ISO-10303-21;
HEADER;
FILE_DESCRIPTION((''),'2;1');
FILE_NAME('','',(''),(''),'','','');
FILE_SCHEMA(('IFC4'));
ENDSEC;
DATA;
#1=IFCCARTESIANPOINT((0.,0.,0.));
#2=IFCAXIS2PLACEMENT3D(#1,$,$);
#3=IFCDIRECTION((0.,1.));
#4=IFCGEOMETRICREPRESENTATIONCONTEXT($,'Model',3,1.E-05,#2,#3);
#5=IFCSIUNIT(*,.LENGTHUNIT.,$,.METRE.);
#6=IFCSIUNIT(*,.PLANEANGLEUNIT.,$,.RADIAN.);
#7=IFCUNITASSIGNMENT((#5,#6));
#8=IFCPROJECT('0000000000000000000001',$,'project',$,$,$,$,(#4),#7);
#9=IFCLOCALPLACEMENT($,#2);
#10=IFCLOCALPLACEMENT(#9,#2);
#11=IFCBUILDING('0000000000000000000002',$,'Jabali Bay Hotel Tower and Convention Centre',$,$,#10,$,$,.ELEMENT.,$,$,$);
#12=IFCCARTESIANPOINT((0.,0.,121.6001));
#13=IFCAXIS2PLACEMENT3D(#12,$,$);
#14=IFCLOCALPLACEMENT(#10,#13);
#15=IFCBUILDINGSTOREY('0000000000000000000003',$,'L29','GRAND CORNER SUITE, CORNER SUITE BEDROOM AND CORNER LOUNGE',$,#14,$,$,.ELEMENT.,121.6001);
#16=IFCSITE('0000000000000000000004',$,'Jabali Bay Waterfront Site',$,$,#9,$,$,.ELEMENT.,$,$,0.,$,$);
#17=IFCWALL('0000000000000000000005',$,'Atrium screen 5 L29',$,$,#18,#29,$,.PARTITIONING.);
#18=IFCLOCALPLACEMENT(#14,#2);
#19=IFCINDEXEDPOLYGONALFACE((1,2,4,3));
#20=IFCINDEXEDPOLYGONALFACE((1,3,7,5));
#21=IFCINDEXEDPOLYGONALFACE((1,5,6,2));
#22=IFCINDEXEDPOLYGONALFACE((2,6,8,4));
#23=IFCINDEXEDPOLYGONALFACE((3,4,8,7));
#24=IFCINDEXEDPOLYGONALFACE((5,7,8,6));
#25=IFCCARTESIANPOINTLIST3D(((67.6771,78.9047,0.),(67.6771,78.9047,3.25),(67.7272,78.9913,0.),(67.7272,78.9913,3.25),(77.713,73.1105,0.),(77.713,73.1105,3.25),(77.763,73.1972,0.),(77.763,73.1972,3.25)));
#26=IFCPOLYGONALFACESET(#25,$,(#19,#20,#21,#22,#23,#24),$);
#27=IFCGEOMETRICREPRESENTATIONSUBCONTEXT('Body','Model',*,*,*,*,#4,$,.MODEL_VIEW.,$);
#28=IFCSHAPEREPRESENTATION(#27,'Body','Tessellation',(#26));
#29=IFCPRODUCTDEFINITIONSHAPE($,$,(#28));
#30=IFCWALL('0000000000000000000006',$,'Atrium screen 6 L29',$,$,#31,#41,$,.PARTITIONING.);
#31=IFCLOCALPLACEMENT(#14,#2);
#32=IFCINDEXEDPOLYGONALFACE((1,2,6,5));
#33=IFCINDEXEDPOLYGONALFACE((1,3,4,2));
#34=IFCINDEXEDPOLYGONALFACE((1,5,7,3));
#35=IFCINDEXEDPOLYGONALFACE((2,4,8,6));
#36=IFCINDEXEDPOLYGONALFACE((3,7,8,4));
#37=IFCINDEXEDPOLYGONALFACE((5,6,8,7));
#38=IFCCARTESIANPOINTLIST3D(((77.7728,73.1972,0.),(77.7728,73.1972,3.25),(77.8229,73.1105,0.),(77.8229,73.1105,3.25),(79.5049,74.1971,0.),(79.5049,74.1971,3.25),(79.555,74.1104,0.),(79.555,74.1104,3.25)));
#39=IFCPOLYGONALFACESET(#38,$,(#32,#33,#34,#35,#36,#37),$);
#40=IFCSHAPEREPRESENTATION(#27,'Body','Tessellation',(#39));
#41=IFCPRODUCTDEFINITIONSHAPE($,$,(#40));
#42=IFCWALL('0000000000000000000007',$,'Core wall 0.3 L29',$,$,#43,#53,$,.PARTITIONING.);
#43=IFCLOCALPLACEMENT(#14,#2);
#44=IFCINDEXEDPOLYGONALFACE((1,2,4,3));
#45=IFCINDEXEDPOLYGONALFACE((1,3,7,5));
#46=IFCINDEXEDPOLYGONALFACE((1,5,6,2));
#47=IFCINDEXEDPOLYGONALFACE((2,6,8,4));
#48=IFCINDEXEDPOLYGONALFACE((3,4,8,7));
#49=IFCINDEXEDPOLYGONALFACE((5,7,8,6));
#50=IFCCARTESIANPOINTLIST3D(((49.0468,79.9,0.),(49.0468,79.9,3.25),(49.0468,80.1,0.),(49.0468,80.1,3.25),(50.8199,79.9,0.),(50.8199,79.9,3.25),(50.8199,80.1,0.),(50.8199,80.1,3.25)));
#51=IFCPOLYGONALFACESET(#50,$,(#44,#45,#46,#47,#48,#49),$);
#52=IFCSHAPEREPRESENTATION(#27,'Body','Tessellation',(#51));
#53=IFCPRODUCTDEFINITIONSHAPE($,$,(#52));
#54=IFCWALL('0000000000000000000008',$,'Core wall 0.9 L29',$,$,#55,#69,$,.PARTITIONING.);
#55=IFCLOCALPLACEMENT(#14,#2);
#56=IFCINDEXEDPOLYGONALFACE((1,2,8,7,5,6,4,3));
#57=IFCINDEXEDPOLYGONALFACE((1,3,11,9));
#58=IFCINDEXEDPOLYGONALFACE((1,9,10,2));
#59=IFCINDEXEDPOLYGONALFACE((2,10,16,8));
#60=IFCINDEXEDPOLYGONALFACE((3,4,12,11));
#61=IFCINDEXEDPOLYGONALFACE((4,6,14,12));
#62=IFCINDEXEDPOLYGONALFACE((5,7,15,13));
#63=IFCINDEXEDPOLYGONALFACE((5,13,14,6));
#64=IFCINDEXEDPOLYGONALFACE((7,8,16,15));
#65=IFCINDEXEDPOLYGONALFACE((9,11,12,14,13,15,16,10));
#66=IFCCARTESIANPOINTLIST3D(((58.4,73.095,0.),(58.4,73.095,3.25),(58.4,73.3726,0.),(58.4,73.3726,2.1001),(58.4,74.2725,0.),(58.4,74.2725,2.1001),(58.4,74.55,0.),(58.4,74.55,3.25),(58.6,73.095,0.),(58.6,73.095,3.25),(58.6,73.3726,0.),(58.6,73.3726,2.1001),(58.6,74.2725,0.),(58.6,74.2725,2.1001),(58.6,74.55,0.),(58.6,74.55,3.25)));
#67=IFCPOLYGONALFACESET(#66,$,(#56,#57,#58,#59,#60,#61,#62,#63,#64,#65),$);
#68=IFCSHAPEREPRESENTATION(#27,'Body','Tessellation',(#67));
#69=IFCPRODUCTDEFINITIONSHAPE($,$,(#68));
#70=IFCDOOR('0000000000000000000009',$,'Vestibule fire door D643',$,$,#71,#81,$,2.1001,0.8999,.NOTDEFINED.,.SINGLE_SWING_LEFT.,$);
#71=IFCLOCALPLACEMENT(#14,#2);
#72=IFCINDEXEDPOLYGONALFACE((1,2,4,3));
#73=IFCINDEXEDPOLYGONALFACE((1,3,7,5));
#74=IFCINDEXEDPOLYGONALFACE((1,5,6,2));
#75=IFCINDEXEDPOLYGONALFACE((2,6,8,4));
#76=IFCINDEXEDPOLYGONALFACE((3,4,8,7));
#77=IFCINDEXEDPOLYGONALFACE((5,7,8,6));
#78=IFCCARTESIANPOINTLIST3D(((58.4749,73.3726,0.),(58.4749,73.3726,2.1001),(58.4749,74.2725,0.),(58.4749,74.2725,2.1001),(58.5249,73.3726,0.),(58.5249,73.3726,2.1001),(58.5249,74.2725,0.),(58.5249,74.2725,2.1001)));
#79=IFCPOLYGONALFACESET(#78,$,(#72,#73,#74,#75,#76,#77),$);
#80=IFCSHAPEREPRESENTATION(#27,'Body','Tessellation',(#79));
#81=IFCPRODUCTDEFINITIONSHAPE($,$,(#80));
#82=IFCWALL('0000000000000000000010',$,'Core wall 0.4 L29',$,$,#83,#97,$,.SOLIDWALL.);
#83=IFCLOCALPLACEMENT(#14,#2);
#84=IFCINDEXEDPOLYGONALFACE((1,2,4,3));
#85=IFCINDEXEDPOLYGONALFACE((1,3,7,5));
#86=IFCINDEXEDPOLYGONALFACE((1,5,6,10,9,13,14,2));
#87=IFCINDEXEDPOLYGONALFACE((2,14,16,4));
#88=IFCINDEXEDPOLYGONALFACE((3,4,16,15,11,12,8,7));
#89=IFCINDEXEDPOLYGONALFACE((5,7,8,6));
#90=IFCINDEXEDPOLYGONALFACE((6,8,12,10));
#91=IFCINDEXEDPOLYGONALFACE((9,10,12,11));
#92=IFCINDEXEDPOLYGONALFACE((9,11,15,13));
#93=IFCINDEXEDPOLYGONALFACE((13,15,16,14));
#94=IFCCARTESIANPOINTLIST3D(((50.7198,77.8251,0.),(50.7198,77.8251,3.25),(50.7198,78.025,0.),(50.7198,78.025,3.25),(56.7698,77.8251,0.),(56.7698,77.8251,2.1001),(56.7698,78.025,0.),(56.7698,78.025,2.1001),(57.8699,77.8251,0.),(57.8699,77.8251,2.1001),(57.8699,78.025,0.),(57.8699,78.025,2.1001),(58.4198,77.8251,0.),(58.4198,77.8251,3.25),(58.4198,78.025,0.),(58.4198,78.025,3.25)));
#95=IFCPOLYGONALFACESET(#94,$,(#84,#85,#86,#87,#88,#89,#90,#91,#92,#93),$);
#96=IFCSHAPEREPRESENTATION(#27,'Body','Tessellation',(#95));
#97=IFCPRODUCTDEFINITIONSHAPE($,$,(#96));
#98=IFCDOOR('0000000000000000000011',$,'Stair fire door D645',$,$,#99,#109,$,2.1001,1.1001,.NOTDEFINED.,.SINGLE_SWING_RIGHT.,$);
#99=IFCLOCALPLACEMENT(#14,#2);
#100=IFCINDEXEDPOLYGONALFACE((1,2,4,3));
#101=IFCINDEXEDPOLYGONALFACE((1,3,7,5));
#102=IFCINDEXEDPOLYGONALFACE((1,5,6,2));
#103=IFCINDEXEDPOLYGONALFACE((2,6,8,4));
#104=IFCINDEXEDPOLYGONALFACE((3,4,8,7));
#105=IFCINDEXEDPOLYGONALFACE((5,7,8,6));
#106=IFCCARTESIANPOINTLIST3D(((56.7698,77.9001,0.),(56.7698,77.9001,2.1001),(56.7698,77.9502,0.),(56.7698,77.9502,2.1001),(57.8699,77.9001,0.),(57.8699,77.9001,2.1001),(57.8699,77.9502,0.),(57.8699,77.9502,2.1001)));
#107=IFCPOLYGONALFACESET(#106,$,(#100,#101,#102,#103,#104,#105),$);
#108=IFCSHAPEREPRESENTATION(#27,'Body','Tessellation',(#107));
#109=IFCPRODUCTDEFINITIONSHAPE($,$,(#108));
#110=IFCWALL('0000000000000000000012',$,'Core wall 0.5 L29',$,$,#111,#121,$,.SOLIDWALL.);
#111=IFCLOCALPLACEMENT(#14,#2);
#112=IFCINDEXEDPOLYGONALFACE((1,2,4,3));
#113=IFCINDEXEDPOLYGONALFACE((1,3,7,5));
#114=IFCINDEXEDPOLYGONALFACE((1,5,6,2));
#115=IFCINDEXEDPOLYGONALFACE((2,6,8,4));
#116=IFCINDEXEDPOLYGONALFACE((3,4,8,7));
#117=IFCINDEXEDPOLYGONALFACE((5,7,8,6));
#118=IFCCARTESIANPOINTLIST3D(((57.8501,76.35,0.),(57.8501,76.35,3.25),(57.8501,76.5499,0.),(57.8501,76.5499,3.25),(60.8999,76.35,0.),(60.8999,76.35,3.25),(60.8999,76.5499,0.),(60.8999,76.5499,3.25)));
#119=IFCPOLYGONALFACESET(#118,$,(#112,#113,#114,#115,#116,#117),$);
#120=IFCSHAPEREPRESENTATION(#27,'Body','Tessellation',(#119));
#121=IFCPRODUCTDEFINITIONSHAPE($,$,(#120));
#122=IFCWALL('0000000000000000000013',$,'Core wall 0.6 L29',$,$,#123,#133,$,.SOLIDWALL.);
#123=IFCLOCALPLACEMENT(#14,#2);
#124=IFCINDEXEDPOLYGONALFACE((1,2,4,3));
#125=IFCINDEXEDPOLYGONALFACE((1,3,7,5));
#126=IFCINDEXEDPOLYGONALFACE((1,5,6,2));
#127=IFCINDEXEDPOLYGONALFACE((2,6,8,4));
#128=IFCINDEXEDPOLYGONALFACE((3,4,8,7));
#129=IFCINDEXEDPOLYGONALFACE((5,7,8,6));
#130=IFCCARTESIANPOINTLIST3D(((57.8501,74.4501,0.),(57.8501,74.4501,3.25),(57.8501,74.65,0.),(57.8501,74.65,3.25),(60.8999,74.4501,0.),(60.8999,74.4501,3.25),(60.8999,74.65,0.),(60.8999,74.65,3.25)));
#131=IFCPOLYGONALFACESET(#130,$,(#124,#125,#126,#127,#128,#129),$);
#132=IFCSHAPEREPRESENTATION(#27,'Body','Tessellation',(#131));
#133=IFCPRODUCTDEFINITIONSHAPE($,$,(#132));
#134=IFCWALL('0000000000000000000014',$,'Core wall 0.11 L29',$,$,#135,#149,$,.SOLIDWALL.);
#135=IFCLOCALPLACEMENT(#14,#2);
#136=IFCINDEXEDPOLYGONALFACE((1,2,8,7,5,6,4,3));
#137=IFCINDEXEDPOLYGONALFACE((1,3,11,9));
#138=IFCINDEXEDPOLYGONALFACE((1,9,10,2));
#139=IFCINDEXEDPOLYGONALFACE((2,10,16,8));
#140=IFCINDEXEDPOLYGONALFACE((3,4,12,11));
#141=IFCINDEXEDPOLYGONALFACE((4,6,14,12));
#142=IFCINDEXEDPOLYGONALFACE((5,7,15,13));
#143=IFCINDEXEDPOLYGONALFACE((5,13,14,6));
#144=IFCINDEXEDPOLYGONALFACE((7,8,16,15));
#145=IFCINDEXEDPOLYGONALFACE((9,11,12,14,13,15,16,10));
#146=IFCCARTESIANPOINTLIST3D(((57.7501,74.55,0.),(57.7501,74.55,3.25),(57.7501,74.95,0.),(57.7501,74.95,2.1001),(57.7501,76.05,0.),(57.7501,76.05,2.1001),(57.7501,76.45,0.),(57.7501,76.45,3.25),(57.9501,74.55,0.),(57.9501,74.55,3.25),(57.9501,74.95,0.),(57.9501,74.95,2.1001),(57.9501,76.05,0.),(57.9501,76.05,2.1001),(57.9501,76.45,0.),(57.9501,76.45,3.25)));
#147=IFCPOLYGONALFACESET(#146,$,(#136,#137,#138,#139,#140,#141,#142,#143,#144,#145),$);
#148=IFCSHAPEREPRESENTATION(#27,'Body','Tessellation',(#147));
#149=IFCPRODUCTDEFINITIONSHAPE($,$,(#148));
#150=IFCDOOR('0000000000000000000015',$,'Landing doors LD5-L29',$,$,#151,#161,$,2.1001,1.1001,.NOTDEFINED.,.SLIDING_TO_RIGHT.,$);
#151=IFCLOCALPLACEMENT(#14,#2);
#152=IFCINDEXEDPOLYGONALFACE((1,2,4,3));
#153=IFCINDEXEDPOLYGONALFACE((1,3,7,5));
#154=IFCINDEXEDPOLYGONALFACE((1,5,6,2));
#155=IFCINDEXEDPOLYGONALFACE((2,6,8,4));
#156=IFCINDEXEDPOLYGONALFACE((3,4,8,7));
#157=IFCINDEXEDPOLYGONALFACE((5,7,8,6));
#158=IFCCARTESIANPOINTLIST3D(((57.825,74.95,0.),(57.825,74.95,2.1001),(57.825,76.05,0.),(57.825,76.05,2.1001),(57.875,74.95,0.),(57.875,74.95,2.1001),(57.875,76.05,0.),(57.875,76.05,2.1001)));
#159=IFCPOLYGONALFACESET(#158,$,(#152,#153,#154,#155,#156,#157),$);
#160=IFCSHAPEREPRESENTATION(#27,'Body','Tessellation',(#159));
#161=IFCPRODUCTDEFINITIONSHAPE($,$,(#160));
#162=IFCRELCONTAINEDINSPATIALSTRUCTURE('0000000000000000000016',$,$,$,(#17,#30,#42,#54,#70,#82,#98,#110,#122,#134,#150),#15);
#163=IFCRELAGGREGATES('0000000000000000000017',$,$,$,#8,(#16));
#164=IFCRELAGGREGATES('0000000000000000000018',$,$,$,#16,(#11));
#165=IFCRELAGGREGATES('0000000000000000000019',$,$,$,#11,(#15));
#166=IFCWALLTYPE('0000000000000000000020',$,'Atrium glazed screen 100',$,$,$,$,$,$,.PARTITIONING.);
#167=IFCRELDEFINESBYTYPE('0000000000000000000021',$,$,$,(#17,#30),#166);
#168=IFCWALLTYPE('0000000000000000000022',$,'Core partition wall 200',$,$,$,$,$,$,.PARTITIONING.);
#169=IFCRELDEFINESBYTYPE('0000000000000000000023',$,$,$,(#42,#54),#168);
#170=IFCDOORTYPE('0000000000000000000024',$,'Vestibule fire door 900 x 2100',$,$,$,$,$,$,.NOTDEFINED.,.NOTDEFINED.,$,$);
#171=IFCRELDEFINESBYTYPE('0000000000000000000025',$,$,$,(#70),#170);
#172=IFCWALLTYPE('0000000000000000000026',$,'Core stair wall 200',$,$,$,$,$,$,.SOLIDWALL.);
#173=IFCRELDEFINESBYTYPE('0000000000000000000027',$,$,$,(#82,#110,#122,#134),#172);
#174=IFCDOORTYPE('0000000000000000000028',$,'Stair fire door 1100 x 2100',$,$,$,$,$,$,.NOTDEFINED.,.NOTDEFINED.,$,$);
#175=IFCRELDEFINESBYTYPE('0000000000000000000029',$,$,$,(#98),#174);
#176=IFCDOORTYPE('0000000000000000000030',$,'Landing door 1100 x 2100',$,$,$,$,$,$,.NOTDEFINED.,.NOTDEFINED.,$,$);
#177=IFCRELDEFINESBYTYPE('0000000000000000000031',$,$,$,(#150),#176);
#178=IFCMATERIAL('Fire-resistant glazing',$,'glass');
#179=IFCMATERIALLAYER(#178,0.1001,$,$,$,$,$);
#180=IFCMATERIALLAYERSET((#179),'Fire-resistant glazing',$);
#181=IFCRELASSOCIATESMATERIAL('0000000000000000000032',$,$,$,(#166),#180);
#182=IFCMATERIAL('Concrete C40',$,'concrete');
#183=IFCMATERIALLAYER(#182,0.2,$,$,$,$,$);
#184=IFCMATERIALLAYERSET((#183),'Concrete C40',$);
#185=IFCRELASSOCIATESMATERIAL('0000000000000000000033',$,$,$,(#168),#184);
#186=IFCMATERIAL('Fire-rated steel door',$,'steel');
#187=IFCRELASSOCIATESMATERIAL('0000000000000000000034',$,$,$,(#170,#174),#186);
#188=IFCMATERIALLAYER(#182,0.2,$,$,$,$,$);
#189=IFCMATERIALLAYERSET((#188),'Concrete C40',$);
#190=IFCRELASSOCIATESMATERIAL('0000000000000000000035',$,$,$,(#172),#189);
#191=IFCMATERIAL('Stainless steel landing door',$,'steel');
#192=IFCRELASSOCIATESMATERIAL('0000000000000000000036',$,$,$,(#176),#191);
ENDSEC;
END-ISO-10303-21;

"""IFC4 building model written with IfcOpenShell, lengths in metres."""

from ifc_helpers import new_model, si_unit, direction, frame, frame_2d, origin, place, context, subcontext, project, spatial, rectangle, extrude, material, layer, layer_set, type_object, element, fill, save


model = new_model("IFC4")

# Units and contexts
model_context = context("Model", 3, precision=1e-05, world=origin(), true_north=direction((0.0, 1.0)))
body_context = subcontext(model_context, "Body", "Model", "MODEL_VIEW")
ifc_project = project(units=[si_unit("LENGTHUNIT", "METRE"), si_unit("PLANEANGLEUNIT", "RADIAN")], contexts=[model_context])

# Site, building, storey
site_placement = place(None, origin())
site = spatial("IfcSite", under=ifc_project, at=site_placement, Name="Jabali Bay Waterfront Site", CompositionType="ELEMENT", RefElevation=0.0)
building_placement = place(site_placement, origin())
building = spatial("IfcBuilding", under=site, at=building_placement, Name="Jabali Bay Hotel Tower and Convention Centre", CompositionType="ELEMENT")
storey_placement = place(building_placement, frame((0.0, 0.0, 121.6001)))
storey = spatial("IfcBuildingStorey", under=building, at=storey_placement, Name="L29", Description="GRAND CORNER SUITE, CORNER SUITE BEDROOM AND CORNER LOUNGE", CompositionType="ELEMENT", Elevation=121.6001)

# Walls
ifc_material_1 = material(Name="Fire-resistant glazing", Category="glass")
ifc_layer_1 = layer(ifc_material_1, 0.1001)
ifc_layer_set_1 = layer_set([ifc_layer_1], Name="Fire-resistant glazing")
wall_type_1 = type_object("IfcWallType", Name="Atrium glazed screen 100", PredefinedType="PARTITIONING", material=ifc_layer_set_1)
wall_1_placement = place(storey_placement, frame((67.7021, 78.948, 0.0), z_axis=(0.0, 0.0, 1.0), x_axis=(0.866027, -0.499998, 0.0)))
element("IfcWall", 1, at=wall_1_placement, inside=storey, type_object=wall_type_1, Name="Atrium screen 5 L29", PredefinedType="PARTITIONING", context=body_context, shape_type="SweptSolid", body=[
    extrude(rectangle(XDim=11.5884, YDim=0.1001, at=frame_2d((5.7942, 0.0))), origin(), (0.0, 0.0, 1.0), 3.25),
])
wall_2_placement = place(storey_placement, frame((77.7979, 73.1538, 0.0), z_axis=(0.0, 0.0, 1.0), x_axis=(0.866041, 0.499973, 0.0)))
element("IfcWall", 2, at=wall_2_placement, inside=storey, type_object=wall_type_1, Name="Atrium screen 6 L29", PredefinedType="PARTITIONING", context=body_context, shape_type="SweptSolid", body=[
    extrude(rectangle(XDim=2.0, YDim=0.1001, at=frame_2d((1.0, 0.0))), origin(), (0.0, 0.0, 1.0), 3.25),
])
ifc_material_2 = material(Name="Concrete C40", Category="concrete")
ifc_layer_2 = layer(ifc_material_2, 0.2)
ifc_layer_set_2 = layer_set([ifc_layer_2], Name="Concrete C40")
wall_type_2 = type_object("IfcWallType", Name="Core partition wall 200", PredefinedType="PARTITIONING", material=ifc_layer_set_2)
wall_3_placement = place(storey_placement, frame((50.8201, 80.0, 0.0), z_axis=(0.0, 0.0, 1.0), x_axis=(-1.0, 0.0, 0.0)))
element("IfcWall", 3, at=wall_3_placement, inside=storey, type_object=wall_type_2, Name="Core wall 0.3 L29", PredefinedType="PARTITIONING", context=body_context, shape_type="SweptSolid", body=[
    extrude(rectangle(XDim=1.7732, YDim=0.2, at=frame_2d((0.8867, 0.0))), origin(), (0.0, 0.0, 1.0), 3.25),
])

# Walls, openings, doors
wall_4_placement = place(storey_placement, frame((58.5, 74.55, 0.0), z_axis=(0.0, 0.0, 1.0), x_axis=(0.0, -1.0, 0.0)))
wall_4 = element("IfcWall", 4, at=wall_4_placement, inside=storey, type_object=wall_type_2, Name="Core wall 0.9 L29", PredefinedType="PARTITIONING", context=body_context, shape_type="SweptSolid", body=[
    extrude(rectangle(XDim=1.4551, YDim=0.2, at=frame_2d((0.7275, 0.0))), origin(), (0.0, 0.0, 1.0), 3.25),
])
opening_1_placement = place(wall_4_placement, frame((0.2776, 0.0, 0.0)))
opening_1 = element("IfcOpeningElement", 5, at=opening_1_placement, cuts=wall_4, PredefinedType="OPENING", context=body_context, shape_type="SweptSolid", body=[
    extrude(rectangle(XDim=0.8999, YDim=2.1001, at=frame_2d((0.45, 1.05))), frame((0.0, 0.1104, 0.0), z_axis=(0.0, -1.0, 0.0), x_axis=(1.0, 0.0, 0.0)), (0.0, 0.0, 1.0), 0.2209),
])
ifc_material_3 = material(Name="Fire-rated steel door", Category="steel")
door_type_1 = type_object("IfcDoorType", Name="Vestibule fire door 900 x 2100", OperationType="NOTDEFINED", PredefinedType="NOTDEFINED", material=ifc_material_3)
door_1_placement = place(opening_1_placement, origin())
door_1 = element("IfcDoor", 6, at=door_1_placement, inside=storey, type_object=door_type_1, Name="Vestibule fire door D643", OperationType="SINGLE_SWING_LEFT", OverallHeight=2.1001, OverallWidth=0.8999, PredefinedType="NOTDEFINED", context=body_context, shape_type="SweptSolid", body=[
    extrude(rectangle(XDim=0.8999, YDim=2.1001, at=frame_2d((0.45, 1.05))), frame((0.0, 0.0249, 0.0), z_axis=(0.0, -1.0, 0.0), x_axis=(1.0, 0.0, 0.0)), (0.0, 0.0, 1.0), 0.05),
])
fill(opening_1, door_1)
ifc_layer_3 = layer(ifc_material_2, 0.2)
ifc_layer_set_3 = layer_set([ifc_layer_3], Name="Concrete C40")
wall_type_3 = type_object("IfcWallType", Name="Core stair wall 200", PredefinedType="SOLIDWALL", material=ifc_layer_set_3)
wall_5_placement = place(storey_placement, frame((58.4199, 77.925, 0.0), z_axis=(0.0, 0.0, 1.0), x_axis=(-1.0, 0.0, 0.0)))
wall_5 = element("IfcWall", 7, at=wall_5_placement, inside=storey, type_object=wall_type_3, Name="Core wall 0.4 L29", PredefinedType="SOLIDWALL", context=body_context, shape_type="SweptSolid", body=[
    extrude(rectangle(XDim=7.7, YDim=0.2, at=frame_2d((3.8501, 0.0))), origin(), (0.0, 0.0, 1.0), 3.25),
])
opening_2_placement = place(wall_5_placement, frame((0.55, 0.0, 0.0)))
opening_2 = element("IfcOpeningElement", 8, at=opening_2_placement, cuts=wall_5, PredefinedType="OPENING", context=body_context, shape_type="SweptSolid", body=[
    extrude(rectangle(XDim=1.1001, YDim=2.1001, at=frame_2d((0.55, 1.05))), frame((0.0, 0.1104, 0.0), z_axis=(0.0, -1.0, 0.0), x_axis=(1.0, 0.0, 0.0)), (0.0, 0.0, 1.0), 0.2209),
])
door_type_2 = type_object("IfcDoorType", Name="Stair fire door 1100 x 2100", OperationType="NOTDEFINED", PredefinedType="NOTDEFINED", material=ifc_material_3)
door_2_placement = place(opening_2_placement, origin())
door_2 = element("IfcDoor", 9, at=door_2_placement, inside=storey, type_object=door_type_2, Name="Stair fire door D645", OperationType="SINGLE_SWING_RIGHT", OverallHeight=2.1001, OverallWidth=1.1001, PredefinedType="NOTDEFINED", context=body_context, shape_type="SweptSolid", body=[
    extrude(rectangle(XDim=1.1001, YDim=2.1001, at=frame_2d((0.55, 1.05))), frame((0.0, 0.0249, 0.0), z_axis=(0.0, -1.0, 0.0), x_axis=(1.0, 0.0, 0.0)), (0.0, 0.0, 1.0), 0.05),
])
fill(opening_2, door_2)

# Walls
for number, where, z_axis, x_axis, name in (
    (10, (60.8999, 76.45, 0.0), (0.0, 0.0, 1.0), (-1.0, 0.0, 0.0), "Core wall 0.5 L29"),
    (11, (60.8999, 74.55, 0.0), (0.0, 0.0, 1.0), (-1.0, 0.0, 0.0), "Core wall 0.6 L29"),
):
    element("IfcWall", number, at=place(storey_placement, frame(where, z_axis=z_axis, x_axis=x_axis)), inside=storey, type_object=wall_type_3, Name=name, PredefinedType="SOLIDWALL", context=body_context, shape_type="SweptSolid", body=[
        extrude(rectangle(XDim=3.0498, YDim=0.2, at=frame_2d((1.5249, 0.0))), origin(), (0.0, 0.0, 1.0), 3.25),
    ])

# Wall, opening, door
wall_6_placement = place(storey_placement, frame((57.8501, 76.45, 0.0), z_axis=(0.0, 0.0, 1.0), x_axis=(0.0, -1.0, 0.0)))
wall_6 = element("IfcWall", 12, at=wall_6_placement, inside=storey, type_object=wall_type_3, Name="Core wall 0.11 L29", PredefinedType="SOLIDWALL", context=body_context, shape_type="SweptSolid", body=[
    extrude(rectangle(XDim=1.8999, YDim=0.2, at=frame_2d((0.95, 0.0))), origin(), (0.0, 0.0, 1.0), 3.25),
])
opening_3_placement = place(wall_6_placement, frame((0.3999, 0.0, 0.0)))
opening_3 = element("IfcOpeningElement", 13, at=opening_3_placement, cuts=wall_6, PredefinedType="OPENING", context=body_context, shape_type="SweptSolid", body=[
    extrude(rectangle(XDim=1.1001, YDim=2.1001, at=frame_2d((0.55, 1.05))), frame((0.0, 0.1104, 0.0), z_axis=(0.0, -1.0, 0.0), x_axis=(1.0, 0.0, 0.0)), (0.0, 0.0, 1.0), 0.2209),
])
ifc_material_4 = material(Name="Stainless steel landing door", Category="steel")
door_type_3 = type_object("IfcDoorType", Name="Landing door 1100 x 2100", OperationType="NOTDEFINED", PredefinedType="NOTDEFINED", material=ifc_material_4)
door_3_placement = place(opening_3_placement, origin())
door_3 = element("IfcDoor", 14, at=door_3_placement, inside=storey, type_object=door_type_3, Name="Landing doors LD5-L29", OperationType="SLIDING_TO_RIGHT", OverallHeight=2.1001, OverallWidth=1.1001, PredefinedType="NOTDEFINED", context=body_context, shape_type="SweptSolid", body=[
    extrude(rectangle(XDim=1.1001, YDim=2.1001, at=frame_2d((0.55, 1.05))), frame((0.0, 0.0249, 0.0), z_axis=(0.0, -1.0, 0.0), x_axis=(1.0, 0.0, 0.0)), (0.0, 0.0, 1.0), 0.05),
])
fill(opening_3, door_3)

save(model, "model.ifc")
